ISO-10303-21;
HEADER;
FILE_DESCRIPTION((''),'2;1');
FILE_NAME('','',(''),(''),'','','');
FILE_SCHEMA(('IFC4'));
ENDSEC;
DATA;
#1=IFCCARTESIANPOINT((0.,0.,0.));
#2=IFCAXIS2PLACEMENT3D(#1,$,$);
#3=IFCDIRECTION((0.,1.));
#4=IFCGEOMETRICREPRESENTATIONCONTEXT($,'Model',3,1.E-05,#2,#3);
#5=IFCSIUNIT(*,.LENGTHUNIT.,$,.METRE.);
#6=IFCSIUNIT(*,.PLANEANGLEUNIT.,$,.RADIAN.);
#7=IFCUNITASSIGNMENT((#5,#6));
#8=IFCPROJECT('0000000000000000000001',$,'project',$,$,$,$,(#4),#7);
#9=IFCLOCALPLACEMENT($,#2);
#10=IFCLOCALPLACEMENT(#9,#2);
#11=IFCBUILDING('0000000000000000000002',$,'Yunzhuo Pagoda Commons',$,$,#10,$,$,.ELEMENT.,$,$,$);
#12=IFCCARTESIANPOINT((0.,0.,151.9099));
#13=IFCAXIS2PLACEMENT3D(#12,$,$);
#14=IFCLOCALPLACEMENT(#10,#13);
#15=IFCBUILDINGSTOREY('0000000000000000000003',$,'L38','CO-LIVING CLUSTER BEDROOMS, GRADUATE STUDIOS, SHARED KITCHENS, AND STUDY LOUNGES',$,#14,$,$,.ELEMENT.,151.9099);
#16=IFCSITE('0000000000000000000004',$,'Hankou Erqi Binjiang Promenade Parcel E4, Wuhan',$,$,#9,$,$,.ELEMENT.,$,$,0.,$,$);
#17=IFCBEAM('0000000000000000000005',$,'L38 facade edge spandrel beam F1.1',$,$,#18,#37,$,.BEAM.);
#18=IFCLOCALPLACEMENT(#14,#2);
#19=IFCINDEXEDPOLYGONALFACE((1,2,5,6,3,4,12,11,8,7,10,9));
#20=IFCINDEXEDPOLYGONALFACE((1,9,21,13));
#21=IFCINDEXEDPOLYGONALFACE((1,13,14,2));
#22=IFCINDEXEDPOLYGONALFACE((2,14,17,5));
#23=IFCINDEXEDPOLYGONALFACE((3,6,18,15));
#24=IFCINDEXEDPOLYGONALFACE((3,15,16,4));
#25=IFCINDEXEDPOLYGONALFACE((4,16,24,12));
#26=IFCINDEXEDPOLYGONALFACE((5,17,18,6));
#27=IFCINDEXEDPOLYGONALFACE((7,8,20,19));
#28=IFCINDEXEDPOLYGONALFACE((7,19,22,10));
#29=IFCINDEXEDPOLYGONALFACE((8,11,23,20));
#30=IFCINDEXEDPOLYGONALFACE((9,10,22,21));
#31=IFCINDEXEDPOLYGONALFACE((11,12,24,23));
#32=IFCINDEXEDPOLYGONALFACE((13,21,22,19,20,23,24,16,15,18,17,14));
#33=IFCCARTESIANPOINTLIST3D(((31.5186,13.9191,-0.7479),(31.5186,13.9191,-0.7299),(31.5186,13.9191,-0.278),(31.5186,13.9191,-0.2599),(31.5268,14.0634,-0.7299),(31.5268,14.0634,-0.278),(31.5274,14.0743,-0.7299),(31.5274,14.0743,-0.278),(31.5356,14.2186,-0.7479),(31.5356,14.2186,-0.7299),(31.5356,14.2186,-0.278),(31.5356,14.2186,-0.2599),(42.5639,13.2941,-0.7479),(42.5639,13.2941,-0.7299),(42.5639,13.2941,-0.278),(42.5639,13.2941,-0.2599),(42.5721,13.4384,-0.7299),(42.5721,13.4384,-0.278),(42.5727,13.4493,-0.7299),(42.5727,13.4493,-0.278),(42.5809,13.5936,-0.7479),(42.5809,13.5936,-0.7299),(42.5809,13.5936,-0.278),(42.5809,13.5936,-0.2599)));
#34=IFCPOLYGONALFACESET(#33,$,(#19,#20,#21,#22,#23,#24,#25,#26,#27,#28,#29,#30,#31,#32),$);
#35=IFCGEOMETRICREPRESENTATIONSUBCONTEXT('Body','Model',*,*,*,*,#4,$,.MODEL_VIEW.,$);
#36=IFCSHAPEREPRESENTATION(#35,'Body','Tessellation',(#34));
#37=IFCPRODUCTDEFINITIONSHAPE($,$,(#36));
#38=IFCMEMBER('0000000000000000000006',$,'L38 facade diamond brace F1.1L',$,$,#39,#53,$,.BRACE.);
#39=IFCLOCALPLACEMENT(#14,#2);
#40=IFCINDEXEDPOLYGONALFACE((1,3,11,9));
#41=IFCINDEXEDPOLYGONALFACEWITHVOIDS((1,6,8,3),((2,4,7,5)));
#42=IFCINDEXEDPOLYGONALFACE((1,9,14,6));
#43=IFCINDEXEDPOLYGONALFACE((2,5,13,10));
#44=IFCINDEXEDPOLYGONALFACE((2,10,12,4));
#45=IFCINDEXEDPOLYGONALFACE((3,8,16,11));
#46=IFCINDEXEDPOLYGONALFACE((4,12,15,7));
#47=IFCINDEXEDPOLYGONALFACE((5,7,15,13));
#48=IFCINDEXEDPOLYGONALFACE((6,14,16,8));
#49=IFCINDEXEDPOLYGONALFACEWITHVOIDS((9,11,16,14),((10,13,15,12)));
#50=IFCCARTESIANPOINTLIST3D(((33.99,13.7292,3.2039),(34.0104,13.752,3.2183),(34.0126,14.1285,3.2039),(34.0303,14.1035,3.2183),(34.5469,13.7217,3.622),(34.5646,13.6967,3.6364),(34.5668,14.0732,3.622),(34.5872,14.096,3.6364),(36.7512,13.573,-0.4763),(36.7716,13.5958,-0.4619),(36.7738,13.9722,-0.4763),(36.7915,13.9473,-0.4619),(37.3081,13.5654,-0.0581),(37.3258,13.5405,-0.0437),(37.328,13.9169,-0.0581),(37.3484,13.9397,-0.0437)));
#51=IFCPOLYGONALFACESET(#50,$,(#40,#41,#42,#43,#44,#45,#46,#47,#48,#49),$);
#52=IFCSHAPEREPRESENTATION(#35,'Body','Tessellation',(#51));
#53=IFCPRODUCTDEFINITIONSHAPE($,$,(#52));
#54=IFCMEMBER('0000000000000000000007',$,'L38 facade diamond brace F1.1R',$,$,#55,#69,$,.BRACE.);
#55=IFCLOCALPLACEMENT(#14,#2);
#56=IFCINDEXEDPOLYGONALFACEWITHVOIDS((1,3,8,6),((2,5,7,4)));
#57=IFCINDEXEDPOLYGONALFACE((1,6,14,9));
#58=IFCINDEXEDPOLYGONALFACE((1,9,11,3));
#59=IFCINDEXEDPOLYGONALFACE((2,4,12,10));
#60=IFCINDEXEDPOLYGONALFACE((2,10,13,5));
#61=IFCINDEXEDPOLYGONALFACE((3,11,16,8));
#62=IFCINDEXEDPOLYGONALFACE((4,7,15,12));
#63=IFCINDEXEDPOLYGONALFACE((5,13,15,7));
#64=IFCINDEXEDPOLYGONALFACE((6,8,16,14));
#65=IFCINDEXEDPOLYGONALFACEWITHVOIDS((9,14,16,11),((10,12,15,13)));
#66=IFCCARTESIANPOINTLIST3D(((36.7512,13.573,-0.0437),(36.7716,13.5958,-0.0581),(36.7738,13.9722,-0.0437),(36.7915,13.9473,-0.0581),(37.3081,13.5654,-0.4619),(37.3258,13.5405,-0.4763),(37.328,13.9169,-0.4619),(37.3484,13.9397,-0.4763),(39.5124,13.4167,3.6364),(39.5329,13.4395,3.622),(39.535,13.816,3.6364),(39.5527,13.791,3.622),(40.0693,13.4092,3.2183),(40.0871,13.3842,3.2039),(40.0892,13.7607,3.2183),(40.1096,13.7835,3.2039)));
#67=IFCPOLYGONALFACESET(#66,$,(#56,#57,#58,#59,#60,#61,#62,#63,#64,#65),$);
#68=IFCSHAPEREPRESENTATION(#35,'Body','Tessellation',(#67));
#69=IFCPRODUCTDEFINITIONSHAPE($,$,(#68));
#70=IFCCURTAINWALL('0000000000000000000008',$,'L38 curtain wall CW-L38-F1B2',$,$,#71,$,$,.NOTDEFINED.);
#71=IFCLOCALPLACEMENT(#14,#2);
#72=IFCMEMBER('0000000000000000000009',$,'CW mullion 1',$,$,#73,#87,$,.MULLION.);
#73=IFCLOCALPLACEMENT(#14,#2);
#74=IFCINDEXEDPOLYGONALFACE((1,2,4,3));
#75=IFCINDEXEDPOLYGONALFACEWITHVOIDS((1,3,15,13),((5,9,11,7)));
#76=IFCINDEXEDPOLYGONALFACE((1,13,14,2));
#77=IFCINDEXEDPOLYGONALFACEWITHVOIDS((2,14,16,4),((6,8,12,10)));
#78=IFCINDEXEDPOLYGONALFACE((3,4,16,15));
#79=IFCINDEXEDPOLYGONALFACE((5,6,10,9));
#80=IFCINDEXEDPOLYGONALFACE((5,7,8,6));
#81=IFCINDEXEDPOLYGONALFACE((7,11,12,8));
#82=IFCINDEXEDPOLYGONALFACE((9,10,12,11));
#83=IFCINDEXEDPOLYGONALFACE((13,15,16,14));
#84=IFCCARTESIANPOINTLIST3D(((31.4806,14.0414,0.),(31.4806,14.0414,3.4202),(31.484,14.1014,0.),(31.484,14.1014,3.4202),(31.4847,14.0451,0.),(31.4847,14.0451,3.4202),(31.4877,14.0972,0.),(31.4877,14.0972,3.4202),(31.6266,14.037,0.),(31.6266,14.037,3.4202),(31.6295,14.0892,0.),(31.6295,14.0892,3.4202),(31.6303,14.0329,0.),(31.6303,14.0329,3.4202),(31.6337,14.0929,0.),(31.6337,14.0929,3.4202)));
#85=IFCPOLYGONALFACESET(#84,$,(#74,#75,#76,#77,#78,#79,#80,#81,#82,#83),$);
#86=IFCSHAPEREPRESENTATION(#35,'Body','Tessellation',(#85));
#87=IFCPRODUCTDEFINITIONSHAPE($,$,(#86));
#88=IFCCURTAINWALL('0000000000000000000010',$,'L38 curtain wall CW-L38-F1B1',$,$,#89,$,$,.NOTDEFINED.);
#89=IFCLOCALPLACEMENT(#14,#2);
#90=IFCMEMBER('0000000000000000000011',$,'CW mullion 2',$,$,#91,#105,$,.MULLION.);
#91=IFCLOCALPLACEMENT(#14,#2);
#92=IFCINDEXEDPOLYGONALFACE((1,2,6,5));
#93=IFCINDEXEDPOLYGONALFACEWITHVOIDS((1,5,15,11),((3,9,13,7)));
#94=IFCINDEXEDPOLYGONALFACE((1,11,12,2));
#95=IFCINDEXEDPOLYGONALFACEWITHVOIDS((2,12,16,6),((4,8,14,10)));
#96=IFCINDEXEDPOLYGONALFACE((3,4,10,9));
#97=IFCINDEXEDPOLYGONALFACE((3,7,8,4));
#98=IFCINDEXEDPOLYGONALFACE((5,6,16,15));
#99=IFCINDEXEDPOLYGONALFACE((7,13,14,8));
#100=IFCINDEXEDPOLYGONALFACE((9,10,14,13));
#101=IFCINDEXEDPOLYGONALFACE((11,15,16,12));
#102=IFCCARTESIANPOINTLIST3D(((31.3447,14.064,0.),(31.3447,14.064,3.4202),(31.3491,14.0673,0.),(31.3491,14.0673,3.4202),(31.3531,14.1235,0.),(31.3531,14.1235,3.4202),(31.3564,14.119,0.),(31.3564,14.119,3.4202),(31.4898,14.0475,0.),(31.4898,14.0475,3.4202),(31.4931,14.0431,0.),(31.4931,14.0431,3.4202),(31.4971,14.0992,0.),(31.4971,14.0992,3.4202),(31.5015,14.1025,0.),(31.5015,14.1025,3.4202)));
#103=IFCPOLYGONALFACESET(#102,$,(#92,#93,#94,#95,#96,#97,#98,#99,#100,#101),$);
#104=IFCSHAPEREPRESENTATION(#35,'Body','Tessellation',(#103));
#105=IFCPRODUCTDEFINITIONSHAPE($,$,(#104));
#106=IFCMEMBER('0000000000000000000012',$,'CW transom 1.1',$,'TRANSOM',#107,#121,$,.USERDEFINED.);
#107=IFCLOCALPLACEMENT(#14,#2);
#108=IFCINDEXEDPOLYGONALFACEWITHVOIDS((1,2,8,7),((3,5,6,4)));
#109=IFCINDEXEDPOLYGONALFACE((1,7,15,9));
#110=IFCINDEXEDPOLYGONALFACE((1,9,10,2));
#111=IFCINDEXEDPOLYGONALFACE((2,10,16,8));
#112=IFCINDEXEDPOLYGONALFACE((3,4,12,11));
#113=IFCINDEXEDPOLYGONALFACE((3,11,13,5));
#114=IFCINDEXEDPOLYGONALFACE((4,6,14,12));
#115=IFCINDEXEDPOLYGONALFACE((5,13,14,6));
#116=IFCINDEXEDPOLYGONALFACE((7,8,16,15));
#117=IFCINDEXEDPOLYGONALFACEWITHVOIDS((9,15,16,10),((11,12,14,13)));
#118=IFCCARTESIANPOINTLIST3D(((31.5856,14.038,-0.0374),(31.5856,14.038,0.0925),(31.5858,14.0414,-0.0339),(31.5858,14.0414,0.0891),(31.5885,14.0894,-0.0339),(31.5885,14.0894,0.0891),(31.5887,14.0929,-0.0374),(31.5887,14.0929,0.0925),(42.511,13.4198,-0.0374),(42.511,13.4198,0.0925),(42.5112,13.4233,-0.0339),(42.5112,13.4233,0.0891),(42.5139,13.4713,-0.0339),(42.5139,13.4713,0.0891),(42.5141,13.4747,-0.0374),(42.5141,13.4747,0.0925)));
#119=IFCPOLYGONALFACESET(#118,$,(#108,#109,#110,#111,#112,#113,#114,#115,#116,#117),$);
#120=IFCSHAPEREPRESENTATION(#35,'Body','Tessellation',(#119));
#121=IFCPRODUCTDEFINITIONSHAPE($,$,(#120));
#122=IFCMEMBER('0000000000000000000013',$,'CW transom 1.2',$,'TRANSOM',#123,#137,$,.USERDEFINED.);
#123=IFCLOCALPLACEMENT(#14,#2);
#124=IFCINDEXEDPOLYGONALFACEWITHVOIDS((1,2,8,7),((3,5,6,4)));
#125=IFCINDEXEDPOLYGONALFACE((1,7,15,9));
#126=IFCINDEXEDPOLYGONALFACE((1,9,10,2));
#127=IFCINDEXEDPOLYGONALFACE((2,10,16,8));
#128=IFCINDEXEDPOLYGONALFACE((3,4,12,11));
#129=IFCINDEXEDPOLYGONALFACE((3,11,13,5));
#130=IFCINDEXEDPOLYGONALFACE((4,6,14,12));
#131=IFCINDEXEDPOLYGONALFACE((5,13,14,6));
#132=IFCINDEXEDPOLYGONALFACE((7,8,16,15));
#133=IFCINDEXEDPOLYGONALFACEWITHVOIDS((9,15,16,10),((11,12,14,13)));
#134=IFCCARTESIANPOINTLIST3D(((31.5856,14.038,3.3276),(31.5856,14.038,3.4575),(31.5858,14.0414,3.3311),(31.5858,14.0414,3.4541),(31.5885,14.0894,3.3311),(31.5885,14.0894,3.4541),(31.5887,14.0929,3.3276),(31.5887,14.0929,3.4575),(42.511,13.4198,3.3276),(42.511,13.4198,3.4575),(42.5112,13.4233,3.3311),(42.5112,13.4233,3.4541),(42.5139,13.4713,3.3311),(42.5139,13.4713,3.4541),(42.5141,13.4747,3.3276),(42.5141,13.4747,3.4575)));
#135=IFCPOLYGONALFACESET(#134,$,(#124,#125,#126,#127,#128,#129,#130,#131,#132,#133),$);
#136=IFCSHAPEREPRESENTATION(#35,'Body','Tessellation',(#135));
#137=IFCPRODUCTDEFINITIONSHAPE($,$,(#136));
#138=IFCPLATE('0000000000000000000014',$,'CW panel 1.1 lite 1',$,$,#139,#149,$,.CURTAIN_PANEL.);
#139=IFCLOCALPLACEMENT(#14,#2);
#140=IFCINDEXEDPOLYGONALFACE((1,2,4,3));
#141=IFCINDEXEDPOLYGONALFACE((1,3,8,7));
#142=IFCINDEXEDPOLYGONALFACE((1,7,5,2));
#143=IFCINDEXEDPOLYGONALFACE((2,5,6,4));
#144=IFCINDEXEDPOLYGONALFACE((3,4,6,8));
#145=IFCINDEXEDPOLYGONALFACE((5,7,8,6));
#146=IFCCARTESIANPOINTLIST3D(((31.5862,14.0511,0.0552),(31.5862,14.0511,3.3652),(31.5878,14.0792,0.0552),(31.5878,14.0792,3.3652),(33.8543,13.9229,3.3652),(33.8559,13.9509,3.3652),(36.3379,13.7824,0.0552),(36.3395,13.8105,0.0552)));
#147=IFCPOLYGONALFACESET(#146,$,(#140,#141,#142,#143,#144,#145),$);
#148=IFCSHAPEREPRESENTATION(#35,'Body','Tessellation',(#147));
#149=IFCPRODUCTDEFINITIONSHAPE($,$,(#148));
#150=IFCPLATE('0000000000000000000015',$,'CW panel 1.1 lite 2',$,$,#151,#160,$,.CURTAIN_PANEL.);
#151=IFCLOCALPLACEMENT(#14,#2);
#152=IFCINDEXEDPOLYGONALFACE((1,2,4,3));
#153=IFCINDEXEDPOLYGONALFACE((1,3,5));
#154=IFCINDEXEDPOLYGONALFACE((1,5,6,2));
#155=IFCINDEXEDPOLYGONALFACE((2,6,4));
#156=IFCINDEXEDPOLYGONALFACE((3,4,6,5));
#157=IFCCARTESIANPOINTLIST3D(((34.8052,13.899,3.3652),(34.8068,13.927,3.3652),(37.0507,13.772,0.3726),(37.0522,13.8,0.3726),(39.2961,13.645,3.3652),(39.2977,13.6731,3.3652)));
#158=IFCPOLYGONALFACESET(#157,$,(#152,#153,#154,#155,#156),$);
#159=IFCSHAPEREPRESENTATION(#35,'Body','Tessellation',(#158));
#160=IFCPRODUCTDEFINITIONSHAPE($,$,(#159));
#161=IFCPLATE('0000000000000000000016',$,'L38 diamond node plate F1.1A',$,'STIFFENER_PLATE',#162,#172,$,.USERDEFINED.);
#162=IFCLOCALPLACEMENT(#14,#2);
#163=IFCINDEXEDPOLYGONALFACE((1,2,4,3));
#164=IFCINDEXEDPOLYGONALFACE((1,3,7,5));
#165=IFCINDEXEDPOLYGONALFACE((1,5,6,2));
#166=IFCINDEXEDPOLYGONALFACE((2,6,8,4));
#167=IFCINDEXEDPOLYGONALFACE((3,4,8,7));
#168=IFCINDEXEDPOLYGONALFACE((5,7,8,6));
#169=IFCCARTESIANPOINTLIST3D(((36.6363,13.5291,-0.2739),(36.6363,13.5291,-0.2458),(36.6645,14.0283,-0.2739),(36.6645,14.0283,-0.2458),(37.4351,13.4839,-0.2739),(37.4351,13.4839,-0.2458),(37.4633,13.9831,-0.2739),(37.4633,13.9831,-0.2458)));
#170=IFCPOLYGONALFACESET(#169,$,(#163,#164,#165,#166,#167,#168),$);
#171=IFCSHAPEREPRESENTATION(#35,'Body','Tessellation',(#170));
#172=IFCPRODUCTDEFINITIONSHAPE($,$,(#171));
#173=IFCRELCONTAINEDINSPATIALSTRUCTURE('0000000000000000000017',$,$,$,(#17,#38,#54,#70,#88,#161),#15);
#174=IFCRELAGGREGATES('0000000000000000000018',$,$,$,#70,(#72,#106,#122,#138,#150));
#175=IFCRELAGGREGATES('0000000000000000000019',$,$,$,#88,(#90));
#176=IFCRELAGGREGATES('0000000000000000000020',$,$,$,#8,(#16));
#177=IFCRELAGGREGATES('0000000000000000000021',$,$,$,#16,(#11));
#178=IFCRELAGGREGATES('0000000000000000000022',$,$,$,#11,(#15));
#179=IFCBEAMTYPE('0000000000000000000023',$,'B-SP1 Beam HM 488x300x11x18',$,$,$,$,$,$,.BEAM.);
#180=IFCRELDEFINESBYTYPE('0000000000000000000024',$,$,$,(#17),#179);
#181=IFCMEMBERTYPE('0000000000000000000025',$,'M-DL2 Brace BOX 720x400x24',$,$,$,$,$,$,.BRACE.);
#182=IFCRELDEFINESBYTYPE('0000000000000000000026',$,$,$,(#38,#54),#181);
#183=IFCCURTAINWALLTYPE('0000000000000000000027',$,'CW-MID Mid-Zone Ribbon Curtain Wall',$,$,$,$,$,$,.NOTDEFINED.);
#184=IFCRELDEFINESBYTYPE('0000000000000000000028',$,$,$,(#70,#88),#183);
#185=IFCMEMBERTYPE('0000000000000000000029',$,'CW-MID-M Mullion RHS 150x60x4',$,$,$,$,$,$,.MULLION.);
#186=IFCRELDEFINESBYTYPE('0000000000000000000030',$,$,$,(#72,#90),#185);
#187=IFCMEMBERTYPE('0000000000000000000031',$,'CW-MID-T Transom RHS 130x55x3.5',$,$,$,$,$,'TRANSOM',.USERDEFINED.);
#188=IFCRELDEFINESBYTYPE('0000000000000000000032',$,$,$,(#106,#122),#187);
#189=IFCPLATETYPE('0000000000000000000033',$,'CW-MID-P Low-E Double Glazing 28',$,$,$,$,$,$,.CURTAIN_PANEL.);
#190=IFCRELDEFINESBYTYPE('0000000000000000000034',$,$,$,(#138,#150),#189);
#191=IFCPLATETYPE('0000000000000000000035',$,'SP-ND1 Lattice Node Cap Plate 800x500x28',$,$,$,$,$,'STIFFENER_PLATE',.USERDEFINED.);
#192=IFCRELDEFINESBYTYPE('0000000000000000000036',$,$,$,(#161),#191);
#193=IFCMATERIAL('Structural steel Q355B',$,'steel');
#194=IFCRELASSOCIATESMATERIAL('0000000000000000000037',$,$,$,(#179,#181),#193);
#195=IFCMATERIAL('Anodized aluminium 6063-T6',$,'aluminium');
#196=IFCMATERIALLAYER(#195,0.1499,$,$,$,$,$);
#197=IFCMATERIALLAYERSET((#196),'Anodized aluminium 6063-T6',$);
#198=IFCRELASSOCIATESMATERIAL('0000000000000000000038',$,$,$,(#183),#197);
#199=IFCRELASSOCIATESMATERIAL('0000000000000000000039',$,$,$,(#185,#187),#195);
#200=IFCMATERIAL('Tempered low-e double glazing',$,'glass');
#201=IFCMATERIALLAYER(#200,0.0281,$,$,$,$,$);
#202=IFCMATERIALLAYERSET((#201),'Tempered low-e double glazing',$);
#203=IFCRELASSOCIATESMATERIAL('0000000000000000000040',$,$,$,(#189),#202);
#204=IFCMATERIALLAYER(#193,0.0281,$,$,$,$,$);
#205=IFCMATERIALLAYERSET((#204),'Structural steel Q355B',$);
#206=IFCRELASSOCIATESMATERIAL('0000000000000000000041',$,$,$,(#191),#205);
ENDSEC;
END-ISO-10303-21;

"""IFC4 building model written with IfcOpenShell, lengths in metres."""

from ifc_helpers import new_model, si_unit, direction, frame, origin, origin_2d, place, context, subcontext, project, spatial, polyline, rectangle, hollow_rectangle, i_section, outline, extrude, source, transform, mapped, material, layer, layer_set, material_profile, profile_set, type_object, element, aggregate, save


model = new_model("IFC4")

# Units and contexts
model_context = context("Model", 3, precision=1e-05, world=origin(), true_north=direction((0.0, 1.0)))
body_context = subcontext(model_context, "Body", "Model", "MODEL_VIEW")
ifc_project = project(units=[si_unit("LENGTHUNIT", "METRE"), si_unit("PLANEANGLEUNIT", "RADIAN")], contexts=[model_context])

# Site, building, storey
site_placement = place(None, origin())
site = spatial("IfcSite", under=ifc_project, at=site_placement, Name="Hankou Erqi Binjiang Promenade Parcel E4, Wuhan", CompositionType="ELEMENT", RefElevation=0.0)
building_placement = place(site_placement, origin())
building = spatial("IfcBuilding", under=site, at=building_placement, Name="Yunzhuo Pagoda Commons", CompositionType="ELEMENT")
storey_placement = place(building_placement, frame((0.0, 0.0, 151.9099)))
storey = spatial("IfcBuildingStorey", under=building, at=storey_placement, Name="L38", Description="CO-LIVING CLUSTER BEDROOMS, GRADUATE STUDIOS, SHARED KITCHENS, AND STUDY LOUNGES", CompositionType="ELEMENT", Elevation=151.9099)

# Beam
ifc_material_1 = material(Name="Structural steel Q355B", Category="steel")
ifc_material_profile_1 = material_profile(ifc_material_1, i_section(OverallWidth=0.3, OverallDepth=0.488, WebThickness=0.011, FlangeThickness=0.0181, at=origin_2d()), Name="Structural steel Q355B")
ifc_profile_set_1 = profile_set([ifc_material_profile_1], Name="Structural steel Q355B")
beam_type_1 = type_object("IfcBeamType", Name="B-SP1 Beam HM 488x300x11x18", PredefinedType="BEAM", material=ifc_profile_set_1)
shared_shape_1 = source(origin(), body_context, "Body", "SweptSolid", [
    extrude(i_section(OverallWidth=0.3, OverallDepth=0.488, WebThickness=0.011, FlangeThickness=0.0181, at=origin_2d()), origin(), (0.0, 0.0, 1.0), 11.063),
])
beam_1_placement = place(storey_placement, frame((31.5271, 14.0688, -0.5039), z_axis=(0.998403, -0.056494, 0.0), x_axis=(0.056494, 0.998403, 0.0)))
element("IfcBeam", 1, at=beam_1_placement, inside=storey, type_object=beam_type_1, Name="L38 facade edge spandrel beam F1.1", PredefinedType="BEAM", context=body_context, shape_type="MappedRepresentation", body=[
    mapped(shared_shape_1, transform((0.0, 0.0, 0.0), scale=1.0)),
])

# Members
ifc_material_profile_2 = material_profile(ifc_material_1, hollow_rectangle(XDim=0.3999, YDim=0.72, WallThickness=0.0239, at=origin_2d()), Name="Structural steel Q355B")
ifc_profile_set_2 = profile_set([ifc_material_profile_2], Name="Structural steel Q355B")
member_type_1 = type_object("IfcMemberType", Name="M-DL2 Brace BOX 720x400x24", PredefinedType="BRACE", material=ifc_profile_set_2)
shared_shape_2 = source(origin(), body_context, "Body", "SweptSolid", [
    extrude(hollow_rectangle(XDim=0.3999, YDim=0.72, WallThickness=0.0239, at=origin_2d()), origin(), (0.0, 0.0, 1.0), 4.6035),
])
for number, where, z_axis, x_axis, name in (
    (2, (37.0498, 13.7563, -0.26), (-0.599807, 0.033941, 0.799424), (-0.056497, -0.998403, 0.0), "L38 facade diamond brace F1.1L"),
    (3, (37.0498, 13.7563, -0.26), (0.599807, -0.033941, 0.799424), (0.056497, 0.998403, 0.0), "L38 facade diamond brace F1.1R"),
):
    element("IfcMember", number, at=place(storey_placement, frame(where, z_axis=z_axis, x_axis=x_axis)), inside=storey, type_object=member_type_1, Name=name, PredefinedType="BRACE", context=body_context, shape_type="MappedRepresentation", body=[
        mapped(shared_shape_2, transform((0.0, 0.0, 0.0), scale=1.0)),
    ])

# Curtain walls, members
ifc_material_2 = material(Name="Anodized aluminium 6063-T6", Category="aluminium")
ifc_layer_1 = layer(ifc_material_2, 0.1499)
ifc_layer_set_1 = layer_set([ifc_layer_1], Name="Anodized aluminium 6063-T6")
curtain_wall_type = type_object("IfcCurtainWallType", Name="CW-MID Mid-Zone Ribbon Curtain Wall", PredefinedType="NOTDEFINED", material=ifc_layer_set_1)
curtain_wall_1_placement = place(storey_placement, origin())
curtain_wall_1 = element("IfcCurtainWall", 4, at=curtain_wall_1_placement, inside=storey, type_object=curtain_wall_type, Name="L38 curtain wall CW-L38-F1B2", PredefinedType="NOTDEFINED")
ifc_material_profile_3 = material_profile(ifc_material_2, hollow_rectangle(XDim=0.0601, YDim=0.1499, WallThickness=0.0039, at=origin_2d()), Name="Anodized aluminium 6063-T6")
ifc_profile_set_3 = profile_set([ifc_material_profile_3], Name="Anodized aluminium 6063-T6")
member_type_2 = type_object("IfcMemberType", Name="CW-MID-M Mullion RHS 150x60x4", PredefinedType="MULLION", material=ifc_profile_set_3)
shared_shape_3 = source(origin(), body_context, "Body", "SweptSolid", [
    extrude(hollow_rectangle(XDim=0.0601, YDim=0.1499, WallThickness=0.0039, at=origin_2d()), origin(), (0.0, 0.0, 1.0), 3.4202),
])
member_1_placement = place(storey_placement, frame((31.5571, 14.0671, 0.0), z_axis=(0.0, 0.0, 1.0), x_axis=(0.056459, 0.998405, 0.0)))
member_1 = element("IfcMember", 5, at=member_1_placement, type_object=member_type_2, Name="CW mullion 1", PredefinedType="MULLION", context=body_context, shape_type="MappedRepresentation", body=[
    mapped(shared_shape_3, transform((0.0, 0.0, 0.0), scale=1.0)),
])
curtain_wall_2_placement = place(storey_placement, origin())
curtain_wall_2 = element("IfcCurtainWall", 6, at=curtain_wall_2_placement, inside=storey, type_object=curtain_wall_type, Name="L38 curtain wall CW-L38-F1B1", PredefinedType="NOTDEFINED")
member_2_placement = place(storey_placement, frame((31.4231, 14.0833, 0.0), z_axis=(0.0, 0.0, 1.0), x_axis=(0.13963, 0.990204, 0.0)))
member_2 = element("IfcMember", 7, at=member_2_placement, type_object=member_type_2, Name="CW mullion 2", PredefinedType="MULLION", context=body_context, shape_type="MappedRepresentation", body=[
    mapped(shared_shape_3, transform((0.0, 0.0, 0.0), scale=1.0)),
])

# Members
ifc_material_profile_4 = material_profile(ifc_material_2, hollow_rectangle(XDim=0.0549, YDim=0.1299, WallThickness=0.0034, at=origin_2d()), Name="Anodized aluminium 6063-T6")
ifc_profile_set_4 = profile_set([ifc_material_profile_4], Name="Anodized aluminium 6063-T6")
member_type_3 = type_object("IfcMemberType", Name="CW-MID-T Transom RHS 130x55x3.5", ElementType="TRANSOM", PredefinedType="USERDEFINED", material=ifc_profile_set_4)
shared_shape_4 = source(origin(), body_context, "Body", "SweptSolid", [
    extrude(hollow_rectangle(XDim=0.0549, YDim=0.1299, WallThickness=0.0034, at=origin_2d()), origin(), (0.0, 0.0, 1.0), 10.9429),
])
member_3_placement = place(storey_placement, frame((31.5872, 14.0654, 0.0276), z_axis=(0.998403, -0.056491, 0.0), x_axis=(0.056491, 0.998403, 0.0)))
member_3 = element("IfcMember", 8, at=member_3_placement, type_object=member_type_3, Name="CW transom 1.1", ObjectType="TRANSOM", PredefinedType="USERDEFINED", context=body_context, shape_type="MappedRepresentation", body=[
    mapped(shared_shape_4, transform((0.0, 0.0, 0.0), scale=1.0)),
])
member_4_placement = place(storey_placement, frame((31.5872, 14.0654, 3.3926), z_axis=(0.998403, -0.056491, 0.0), x_axis=(0.056491, 0.998403, 0.0)))
member_4 = element("IfcMember", 9, at=member_4_placement, type_object=member_type_3, Name="CW transom 1.2", ObjectType="TRANSOM", PredefinedType="USERDEFINED", context=body_context, shape_type="MappedRepresentation", body=[
    mapped(shared_shape_4, transform((0.0, 0.0, 0.0), scale=1.0)),
])

# Plates
ifc_material_3 = material(Name="Tempered low-e double glazing", Category="glass")
ifc_layer_2 = layer(ifc_material_3, 0.0281)
ifc_layer_set_2 = layer_set([ifc_layer_2], Name="Tempered low-e double glazing")
plate_type_1 = type_object("IfcPlateType", Name="CW-MID-P Low-E Double Glazing 28", PredefinedType="CURTAIN_PANEL", material=ifc_layer_set_2)
plate_1_placement = place(storey_placement, frame((33.9636, 13.9448, 1.7102), z_axis=(-0.056459, -0.998405, 0.0), x_axis=(0.998405, -0.056459, 0.0)))
plate_1 = element("IfcPlate", 10, at=plate_1_placement, type_object=plate_type_1, Name="CW panel 1.1 lite 1", PredefinedType="CURTAIN_PANEL", context=body_context, shape_type="SweptSolid", body=[
    extrude(outline(polyline([(-2.3796, -1.655), (2.3796, -1.655), (-0.1079, 1.655), (-2.3796, 1.655), (-2.3796, -1.655)])), origin(), (0.0, 0.0, 1.0), 0.0281),
])
plate_2_placement = place(storey_placement, frame((37.0522, 13.8, 1.8689), z_axis=(-0.056459, -0.998405, 0.0), x_axis=(0.998405, -0.056459, 0.0)))
plate_2 = element("IfcPlate", 11, at=plate_2_placement, type_object=plate_type_1, Name="CW panel 1.1 lite 2", PredefinedType="CURTAIN_PANEL", context=body_context, shape_type="SweptSolid", body=[
    extrude(outline(polyline([(-2.249, 1.4963), (0.0, -1.4963), (2.249, 1.4963), (-2.249, 1.4963)])), origin(), (0.0, 0.0, 1.0), 0.0281),
])
aggregate(curtain_wall_1, [member_1, member_3, member_4, plate_1, plate_2])

# Plate
ifc_layer_3 = layer(ifc_material_1, 0.0281)
ifc_layer_set_3 = layer_set([ifc_layer_3], Name="Structural steel Q355B")
plate_type_2 = type_object("IfcPlateType", Name="SP-ND1 Lattice Node Cap Plate 800x500x28", ElementType="STIFFENER_PLATE", PredefinedType="USERDEFINED", material=ifc_layer_set_3)
shared_shape_5 = source(origin(), body_context, "Body", "SweptSolid", [
    extrude(rectangle(XDim=0.8, YDim=0.5, at=origin_2d()), origin(), (0.0, 0.0, 1.0), 0.0281),
])
plate_3_placement = place(storey_placement, frame((37.0498, 13.7561, -0.2739), z_axis=(0.0, 0.0, 1.0), x_axis=(0.998405, -0.056466, 0.0)))
element("IfcPlate", 12, at=plate_3_placement, inside=storey, type_object=plate_type_2, Name="L38 diamond node plate F1.1A", ObjectType="STIFFENER_PLATE", PredefinedType="USERDEFINED", context=body_context, shape_type="MappedRepresentation", body=[
    mapped(shared_shape_5, transform((0.0, 0.0, 0.0), scale=1.0)),
])

aggregate(curtain_wall_2, [member_2])

save(model, "model.ifc")
